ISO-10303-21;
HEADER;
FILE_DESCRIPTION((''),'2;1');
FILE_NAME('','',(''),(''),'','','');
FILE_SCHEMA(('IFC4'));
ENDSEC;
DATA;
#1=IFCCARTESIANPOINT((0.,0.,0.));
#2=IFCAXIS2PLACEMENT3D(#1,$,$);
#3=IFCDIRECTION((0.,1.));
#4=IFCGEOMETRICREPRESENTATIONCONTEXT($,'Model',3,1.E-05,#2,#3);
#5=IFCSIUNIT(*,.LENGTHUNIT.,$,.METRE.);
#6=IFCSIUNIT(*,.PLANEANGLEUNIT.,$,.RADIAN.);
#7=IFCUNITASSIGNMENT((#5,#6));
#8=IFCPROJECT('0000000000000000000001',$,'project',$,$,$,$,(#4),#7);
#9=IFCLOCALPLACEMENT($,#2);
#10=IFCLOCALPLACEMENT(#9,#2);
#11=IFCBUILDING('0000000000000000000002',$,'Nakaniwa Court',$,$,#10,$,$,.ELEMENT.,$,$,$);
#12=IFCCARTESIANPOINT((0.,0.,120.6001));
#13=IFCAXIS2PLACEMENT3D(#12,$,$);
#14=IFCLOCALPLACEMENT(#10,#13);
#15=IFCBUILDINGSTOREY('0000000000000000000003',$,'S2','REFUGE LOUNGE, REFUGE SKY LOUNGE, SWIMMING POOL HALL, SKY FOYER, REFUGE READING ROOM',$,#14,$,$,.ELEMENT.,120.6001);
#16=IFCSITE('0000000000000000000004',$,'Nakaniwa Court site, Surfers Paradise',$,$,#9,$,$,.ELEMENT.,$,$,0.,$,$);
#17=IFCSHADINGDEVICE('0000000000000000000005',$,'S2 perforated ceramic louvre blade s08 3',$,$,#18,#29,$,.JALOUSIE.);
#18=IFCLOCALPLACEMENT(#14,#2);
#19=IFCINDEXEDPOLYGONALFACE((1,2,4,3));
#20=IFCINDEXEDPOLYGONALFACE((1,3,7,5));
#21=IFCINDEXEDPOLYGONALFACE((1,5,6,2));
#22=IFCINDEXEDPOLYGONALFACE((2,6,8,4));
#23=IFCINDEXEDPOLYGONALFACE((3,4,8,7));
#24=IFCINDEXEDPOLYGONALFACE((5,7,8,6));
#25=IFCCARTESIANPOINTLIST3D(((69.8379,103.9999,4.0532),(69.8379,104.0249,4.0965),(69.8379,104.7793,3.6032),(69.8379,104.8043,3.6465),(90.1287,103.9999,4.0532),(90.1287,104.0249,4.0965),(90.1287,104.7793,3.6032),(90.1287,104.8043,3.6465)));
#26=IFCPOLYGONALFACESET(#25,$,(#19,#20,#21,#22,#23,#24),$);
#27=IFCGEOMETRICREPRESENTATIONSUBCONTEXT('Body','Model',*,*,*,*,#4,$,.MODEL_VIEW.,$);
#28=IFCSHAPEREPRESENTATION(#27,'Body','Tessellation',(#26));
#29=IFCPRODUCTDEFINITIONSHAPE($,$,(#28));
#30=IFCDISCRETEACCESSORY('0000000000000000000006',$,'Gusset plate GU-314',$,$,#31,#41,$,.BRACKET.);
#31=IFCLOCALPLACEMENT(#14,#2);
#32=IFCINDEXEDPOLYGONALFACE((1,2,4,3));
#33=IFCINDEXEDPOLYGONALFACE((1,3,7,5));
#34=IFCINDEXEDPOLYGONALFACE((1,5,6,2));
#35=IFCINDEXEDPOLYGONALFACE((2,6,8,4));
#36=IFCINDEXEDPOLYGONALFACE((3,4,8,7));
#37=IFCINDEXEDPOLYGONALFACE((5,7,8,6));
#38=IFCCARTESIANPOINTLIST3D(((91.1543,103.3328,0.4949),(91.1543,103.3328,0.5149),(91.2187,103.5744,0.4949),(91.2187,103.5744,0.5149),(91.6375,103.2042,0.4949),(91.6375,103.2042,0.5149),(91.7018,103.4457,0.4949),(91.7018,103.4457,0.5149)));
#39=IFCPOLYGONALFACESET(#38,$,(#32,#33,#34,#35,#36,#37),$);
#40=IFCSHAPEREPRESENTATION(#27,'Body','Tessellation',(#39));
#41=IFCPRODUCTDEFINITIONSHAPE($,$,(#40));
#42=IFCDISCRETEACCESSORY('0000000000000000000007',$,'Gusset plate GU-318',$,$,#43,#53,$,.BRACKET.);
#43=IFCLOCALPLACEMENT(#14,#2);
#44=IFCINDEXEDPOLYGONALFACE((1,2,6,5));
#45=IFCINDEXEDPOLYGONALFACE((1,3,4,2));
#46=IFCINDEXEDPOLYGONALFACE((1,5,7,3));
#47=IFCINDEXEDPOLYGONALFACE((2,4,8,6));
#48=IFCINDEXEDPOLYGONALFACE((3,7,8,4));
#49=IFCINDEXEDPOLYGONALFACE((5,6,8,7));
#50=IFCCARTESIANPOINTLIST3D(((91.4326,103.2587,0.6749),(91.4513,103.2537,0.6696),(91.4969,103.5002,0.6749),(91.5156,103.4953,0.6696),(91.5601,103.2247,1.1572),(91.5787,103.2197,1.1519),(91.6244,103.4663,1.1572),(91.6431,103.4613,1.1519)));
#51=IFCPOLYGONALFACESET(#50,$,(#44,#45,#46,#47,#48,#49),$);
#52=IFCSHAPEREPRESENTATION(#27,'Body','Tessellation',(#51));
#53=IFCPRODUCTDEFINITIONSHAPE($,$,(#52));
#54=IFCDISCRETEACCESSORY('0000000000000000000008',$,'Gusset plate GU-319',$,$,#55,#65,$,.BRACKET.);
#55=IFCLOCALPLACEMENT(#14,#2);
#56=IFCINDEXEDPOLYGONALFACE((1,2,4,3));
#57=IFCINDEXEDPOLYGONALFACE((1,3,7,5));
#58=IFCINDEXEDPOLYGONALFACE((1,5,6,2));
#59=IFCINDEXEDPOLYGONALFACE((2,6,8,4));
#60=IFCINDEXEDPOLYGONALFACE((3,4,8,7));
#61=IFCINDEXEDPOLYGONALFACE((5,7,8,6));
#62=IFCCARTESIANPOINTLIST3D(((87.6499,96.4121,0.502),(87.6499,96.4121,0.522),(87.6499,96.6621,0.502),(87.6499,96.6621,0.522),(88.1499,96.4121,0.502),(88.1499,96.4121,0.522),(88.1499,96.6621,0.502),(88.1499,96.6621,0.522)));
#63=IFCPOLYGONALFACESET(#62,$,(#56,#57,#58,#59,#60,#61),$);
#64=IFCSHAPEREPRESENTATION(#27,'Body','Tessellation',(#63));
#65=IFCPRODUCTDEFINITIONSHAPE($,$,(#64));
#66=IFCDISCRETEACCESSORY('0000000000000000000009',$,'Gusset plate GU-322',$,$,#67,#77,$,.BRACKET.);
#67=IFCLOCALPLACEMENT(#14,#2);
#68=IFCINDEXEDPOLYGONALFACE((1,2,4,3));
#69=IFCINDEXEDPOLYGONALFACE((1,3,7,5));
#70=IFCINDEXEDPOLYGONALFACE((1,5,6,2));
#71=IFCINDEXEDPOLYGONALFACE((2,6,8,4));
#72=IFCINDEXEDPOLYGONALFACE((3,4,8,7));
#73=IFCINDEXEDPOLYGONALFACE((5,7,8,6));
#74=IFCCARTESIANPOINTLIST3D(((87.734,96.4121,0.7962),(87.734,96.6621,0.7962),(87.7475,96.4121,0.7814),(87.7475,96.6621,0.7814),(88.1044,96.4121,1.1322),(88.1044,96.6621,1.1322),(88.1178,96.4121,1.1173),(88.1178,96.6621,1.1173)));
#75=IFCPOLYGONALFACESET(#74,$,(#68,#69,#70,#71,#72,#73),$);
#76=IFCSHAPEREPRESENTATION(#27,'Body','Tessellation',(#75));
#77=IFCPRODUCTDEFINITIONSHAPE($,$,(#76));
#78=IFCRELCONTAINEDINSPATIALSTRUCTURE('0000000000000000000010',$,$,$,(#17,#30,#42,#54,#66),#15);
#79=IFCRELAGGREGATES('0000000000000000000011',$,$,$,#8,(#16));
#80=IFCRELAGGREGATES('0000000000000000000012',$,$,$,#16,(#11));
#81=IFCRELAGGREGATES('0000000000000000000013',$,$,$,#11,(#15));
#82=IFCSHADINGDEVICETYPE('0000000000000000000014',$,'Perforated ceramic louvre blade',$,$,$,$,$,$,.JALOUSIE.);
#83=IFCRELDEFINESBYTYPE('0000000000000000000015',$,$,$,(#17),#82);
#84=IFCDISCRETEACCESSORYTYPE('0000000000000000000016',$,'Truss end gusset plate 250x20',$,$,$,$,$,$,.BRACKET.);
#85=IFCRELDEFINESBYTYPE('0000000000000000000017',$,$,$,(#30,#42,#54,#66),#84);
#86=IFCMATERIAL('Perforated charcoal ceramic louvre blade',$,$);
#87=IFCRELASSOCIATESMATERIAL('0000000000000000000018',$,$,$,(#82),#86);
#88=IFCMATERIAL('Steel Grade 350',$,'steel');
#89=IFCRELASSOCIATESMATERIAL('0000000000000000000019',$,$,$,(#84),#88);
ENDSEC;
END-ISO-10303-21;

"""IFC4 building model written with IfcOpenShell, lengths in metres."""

from ifc_helpers import new_model, si_unit, direction, frame, origin, origin_2d, place, context, subcontext, project, spatial, rectangle, extrude, material, material_profile, profile_set, type_object, element, save


model = new_model("IFC4")

# Units and contexts
model_context = context("Model", 3, precision=1e-05, world=origin(), true_north=direction((0.0, 1.0)))
body_context = subcontext(model_context, "Body", "Model", "MODEL_VIEW")
ifc_project = project(units=[si_unit("LENGTHUNIT", "METRE"), si_unit("PLANEANGLEUNIT", "RADIAN")], contexts=[model_context])

# Site, building, storey
site_placement = place(None, origin())
site = spatial("IfcSite", under=ifc_project, at=site_placement, Name="Nakaniwa Court site, Surfers Paradise", CompositionType="ELEMENT", RefElevation=0.0)
building_placement = place(site_placement, origin())
building = spatial("IfcBuilding", under=site, at=building_placement, Name="Nakaniwa Court", CompositionType="ELEMENT")
storey_placement = place(building_placement, frame((0.0, 0.0, 120.6001)))
storey = spatial("IfcBuildingStorey", under=building, at=storey_placement, Name="S2", Description="REFUGE LOUNGE, REFUGE SKY LOUNGE, SWIMMING POOL HALL, SKY FOYER, REFUGE READING ROOM", CompositionType="ELEMENT", Elevation=120.6001)

# Shared definitions
ifc_material_1 = material(Name="Steel Grade 350", Category="steel")

# Shading device
ifc_material_2 = material(Name="Perforated charcoal ceramic louvre blade")
ifc_material_profile_1 = material_profile(ifc_material_2, rectangle(XDim=0.8999, YDim=0.05, at=origin_2d()), Name="Perforated ceramic louvre blade")
ifc_profile_set_1 = profile_set([ifc_material_profile_1], Name="Perforated charcoal ceramic louvre blade")
shading_device_type = type_object("IfcShadingDeviceType", Name="Perforated ceramic louvre blade", PredefinedType="JALOUSIE", material=ifc_profile_set_1)
for number, where, z_axis, x_axis, name in (
    (1, (90.1287, 104.4021, 3.8499), (-1.0, 0.0, 0.0), (0.0, -0.866025, 0.5), "S2 perforated ceramic louvre blade s08 3"),
):
    element("IfcShadingDevice", number, at=place(storey_placement, frame(where, z_axis=z_axis, x_axis=x_axis)), inside=storey, type_object=shading_device_type, Name=name, PredefinedType="JALOUSIE", context=body_context, shape_type="SweptSolid", body=[
        extrude(rectangle(XDim=0.8999, YDim=0.05, at=origin_2d()), origin(), (0.0, 0.0, 1.0), 20.2908),
    ])

# Discrete accessories
ifc_material_profile_2 = material_profile(ifc_material_1, rectangle(XDim=0.25, YDim=0.02, at=origin_2d()), Name="Truss end gusset plate 250x20")
ifc_profile_set_2 = profile_set([ifc_material_profile_2], Name="Steel Grade 350")
discrete_accessory_type = type_object("IfcDiscreteAccessoryType", Name="Truss end gusset plate 250x20", PredefinedType="BRACKET", material=ifc_profile_set_2)
for number, where, z_axis, x_axis, name in (
    (2, (91.6697, 103.325, 0.5049), (-0.966324, 0.257328, 0.0), (-0.257328, -0.966324, 0.0), "Gusset plate GU-314"),
    (3, (91.6016, 103.343, 1.1545), (-0.25494, 0.067886, -0.964571), (-0.257317, -0.966327, 0.0), "Gusset plate GU-318"),
    (4, (88.1499, 96.5371, 0.512), (-1.0, 0.0, 0.0), (0.0, -1.0, 0.0), "Gusset plate GU-319"),
    (5, (88.1111, 96.5371, 1.1248), (-0.740691, 0.0, -0.671846), (0.0, -1.0, 0.0), "Gusset plate GU-322"),
):
    element("IfcDiscreteAccessory", number, at=place(storey_placement, frame(where, z_axis=z_axis, x_axis=x_axis)), inside=storey, type_object=discrete_accessory_type, Name=name, PredefinedType="BRACKET", context=body_context, shape_type="SweptSolid", body=[
        extrude(rectangle(XDim=0.25, YDim=0.02, at=origin_2d()), origin(), (0.0, 0.0, 1.0), 0.5),
    ])

save(model, "model.ifc")
